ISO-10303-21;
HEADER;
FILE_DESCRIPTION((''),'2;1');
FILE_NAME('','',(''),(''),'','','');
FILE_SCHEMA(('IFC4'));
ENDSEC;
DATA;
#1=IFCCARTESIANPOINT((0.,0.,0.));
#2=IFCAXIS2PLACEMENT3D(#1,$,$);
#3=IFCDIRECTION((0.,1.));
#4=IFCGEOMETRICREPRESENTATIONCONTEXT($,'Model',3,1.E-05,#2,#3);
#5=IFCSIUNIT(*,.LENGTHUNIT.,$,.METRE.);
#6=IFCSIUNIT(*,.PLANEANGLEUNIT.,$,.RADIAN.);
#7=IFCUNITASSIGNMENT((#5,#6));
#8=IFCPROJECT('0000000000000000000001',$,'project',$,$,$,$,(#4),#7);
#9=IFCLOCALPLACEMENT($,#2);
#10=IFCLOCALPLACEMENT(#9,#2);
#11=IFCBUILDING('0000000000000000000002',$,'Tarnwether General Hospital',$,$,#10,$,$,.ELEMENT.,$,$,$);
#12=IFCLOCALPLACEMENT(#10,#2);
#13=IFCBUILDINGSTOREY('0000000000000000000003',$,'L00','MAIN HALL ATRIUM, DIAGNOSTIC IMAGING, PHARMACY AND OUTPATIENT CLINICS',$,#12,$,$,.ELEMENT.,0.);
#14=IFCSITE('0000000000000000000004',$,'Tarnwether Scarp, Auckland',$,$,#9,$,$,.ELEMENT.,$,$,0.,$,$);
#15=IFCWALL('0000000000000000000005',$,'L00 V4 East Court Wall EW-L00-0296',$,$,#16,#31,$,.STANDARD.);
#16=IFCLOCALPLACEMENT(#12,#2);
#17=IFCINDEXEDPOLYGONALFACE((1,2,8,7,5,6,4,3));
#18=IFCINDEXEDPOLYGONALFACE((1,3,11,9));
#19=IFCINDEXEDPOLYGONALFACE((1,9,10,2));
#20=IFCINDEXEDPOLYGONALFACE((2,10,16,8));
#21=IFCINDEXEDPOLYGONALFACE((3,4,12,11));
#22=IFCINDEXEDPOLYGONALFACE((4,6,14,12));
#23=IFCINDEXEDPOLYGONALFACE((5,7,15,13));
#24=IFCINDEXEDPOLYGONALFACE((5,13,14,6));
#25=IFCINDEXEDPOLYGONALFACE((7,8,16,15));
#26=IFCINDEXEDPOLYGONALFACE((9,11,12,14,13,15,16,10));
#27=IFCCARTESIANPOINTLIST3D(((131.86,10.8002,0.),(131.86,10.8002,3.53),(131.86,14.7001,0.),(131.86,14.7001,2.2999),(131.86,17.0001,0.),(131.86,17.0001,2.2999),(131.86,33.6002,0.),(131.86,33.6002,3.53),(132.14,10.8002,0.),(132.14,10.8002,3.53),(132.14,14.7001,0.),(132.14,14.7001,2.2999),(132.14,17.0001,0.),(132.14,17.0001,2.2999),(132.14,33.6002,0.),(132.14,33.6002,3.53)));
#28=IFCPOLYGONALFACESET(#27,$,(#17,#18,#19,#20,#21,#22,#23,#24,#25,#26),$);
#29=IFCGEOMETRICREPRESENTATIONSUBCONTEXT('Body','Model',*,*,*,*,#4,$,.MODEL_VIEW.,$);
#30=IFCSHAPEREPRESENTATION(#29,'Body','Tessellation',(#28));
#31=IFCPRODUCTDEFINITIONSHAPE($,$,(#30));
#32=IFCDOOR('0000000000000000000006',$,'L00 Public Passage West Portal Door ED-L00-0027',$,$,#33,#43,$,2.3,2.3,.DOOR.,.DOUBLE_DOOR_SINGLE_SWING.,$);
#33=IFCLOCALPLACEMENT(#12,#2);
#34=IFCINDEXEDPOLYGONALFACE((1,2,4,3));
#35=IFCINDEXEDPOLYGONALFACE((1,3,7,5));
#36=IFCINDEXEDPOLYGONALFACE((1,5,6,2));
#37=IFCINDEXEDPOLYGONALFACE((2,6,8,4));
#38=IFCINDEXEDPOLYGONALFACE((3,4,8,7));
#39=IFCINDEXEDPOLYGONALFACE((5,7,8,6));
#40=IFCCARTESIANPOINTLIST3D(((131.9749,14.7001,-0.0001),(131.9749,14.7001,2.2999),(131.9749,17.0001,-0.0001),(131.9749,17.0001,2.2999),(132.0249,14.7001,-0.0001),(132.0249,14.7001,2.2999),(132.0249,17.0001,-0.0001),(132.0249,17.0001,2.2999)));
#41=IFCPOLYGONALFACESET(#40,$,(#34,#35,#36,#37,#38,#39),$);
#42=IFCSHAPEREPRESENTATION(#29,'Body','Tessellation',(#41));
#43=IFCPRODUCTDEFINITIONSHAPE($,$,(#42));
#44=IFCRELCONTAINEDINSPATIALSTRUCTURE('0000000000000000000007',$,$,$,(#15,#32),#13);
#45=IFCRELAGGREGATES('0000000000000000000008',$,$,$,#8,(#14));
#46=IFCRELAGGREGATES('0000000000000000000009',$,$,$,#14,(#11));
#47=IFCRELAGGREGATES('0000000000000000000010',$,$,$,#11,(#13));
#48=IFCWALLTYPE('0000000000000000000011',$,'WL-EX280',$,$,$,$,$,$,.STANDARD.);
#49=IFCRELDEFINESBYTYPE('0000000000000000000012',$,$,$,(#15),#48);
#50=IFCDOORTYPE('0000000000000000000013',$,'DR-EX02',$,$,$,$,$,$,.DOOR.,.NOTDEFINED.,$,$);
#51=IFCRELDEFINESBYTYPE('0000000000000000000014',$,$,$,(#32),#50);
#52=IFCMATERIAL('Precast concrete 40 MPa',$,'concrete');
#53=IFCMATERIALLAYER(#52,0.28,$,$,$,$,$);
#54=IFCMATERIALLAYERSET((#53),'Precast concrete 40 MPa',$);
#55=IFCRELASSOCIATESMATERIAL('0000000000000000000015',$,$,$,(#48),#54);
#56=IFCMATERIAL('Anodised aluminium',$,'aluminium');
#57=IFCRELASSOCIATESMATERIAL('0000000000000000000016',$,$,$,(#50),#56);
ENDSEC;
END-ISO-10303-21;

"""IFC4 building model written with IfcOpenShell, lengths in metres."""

from ifc_helpers import new_model, si_unit, direction, frame, frame_2d, origin, place, context, subcontext, project, spatial, rectangle, extrude, material, layer, layer_set, type_object, element, fill, save


model = new_model("IFC4")

# Units and contexts
model_context = context("Model", 3, precision=1e-05, world=origin(), true_north=direction((0.0, 1.0)))
body_context = subcontext(model_context, "Body", "Model", "MODEL_VIEW")
ifc_project = project(units=[si_unit("LENGTHUNIT", "METRE"), si_unit("PLANEANGLEUNIT", "RADIAN")], contexts=[model_context])

# Site, building, storey
site_placement = place(None, origin())
site = spatial("IfcSite", under=ifc_project, at=site_placement, Name="Tarnwether Scarp, Auckland", CompositionType="ELEMENT", RefElevation=0.0)
building_placement = place(site_placement, origin())
building = spatial("IfcBuilding", under=site, at=building_placement, Name="Tarnwether General Hospital", CompositionType="ELEMENT")
storey_placement = place(building_placement, origin())
storey = spatial("IfcBuildingStorey", under=building, at=storey_placement, Name="L00", Description="MAIN HALL ATRIUM, DIAGNOSTIC IMAGING, PHARMACY AND OUTPATIENT CLINICS", CompositionType="ELEMENT", Elevation=0.0)

# Wall, opening, door
ifc_material_1 = material(Name="Precast concrete 40 MPa", Category="concrete")
ifc_layer_1 = layer(ifc_material_1, 0.28)
ifc_layer_set_1 = layer_set([ifc_layer_1], Name="Precast concrete 40 MPa")
wall_type = type_object("IfcWallType", Name="WL-EX280", PredefinedType="STANDARD", material=ifc_layer_set_1)
wall_placement = place(storey_placement, frame((132.0, 33.6001, 0.0), z_axis=(0.0, 0.0, 1.0), x_axis=(0.0, -1.0, 0.0)))
wall = element("IfcWall", 1, at=wall_placement, inside=storey, type_object=wall_type, Name="L00 V4 East Court Wall EW-L00-0296", PredefinedType="STANDARD", context=body_context, shape_type="SweptSolid", body=[
    extrude(rectangle(XDim=22.8, YDim=0.28, at=frame_2d((11.3999, 0.0))), origin(), (0.0, 0.0, 1.0), 3.53),
])
opening_placement = place(wall_placement, frame((16.6001, 0.0, 0.0)))
opening = element("IfcOpeningElement", 2, at=opening_placement, cuts=wall, PredefinedType="OPENING", context=body_context, shape_type="SweptSolid", body=[
    extrude(rectangle(XDim=2.3, YDim=2.3, at=frame_2d((1.1499, 1.1499))), frame((0.0, 0.1499, 0.0), z_axis=(0.0, -1.0, 0.0), x_axis=(1.0, 0.0, 0.0)), (0.0, 0.0, 1.0), 0.3),
])
ifc_material_2 = material(Name="Anodised aluminium", Category="aluminium")
door_type = type_object("IfcDoorType", Name="DR-EX02", OperationType="NOTDEFINED", PredefinedType="DOOR", material=ifc_material_2)
door_placement = place(opening_placement, origin())
door = element("IfcDoor", 3, at=door_placement, inside=storey, type_object=door_type, Name="L00 Public Passage West Portal Door ED-L00-0027", OperationType="DOUBLE_DOOR_SINGLE_SWING", OverallHeight=2.3, OverallWidth=2.3, PredefinedType="DOOR", context=body_context, shape_type="SweptSolid", body=[
    extrude(rectangle(XDim=2.3, YDim=2.3, at=frame_2d((1.1499, 1.1499))), frame((0.0, 0.0249, 0.0), z_axis=(0.0, -1.0, 0.0), x_axis=(1.0, 0.0, 0.0)), (0.0, 0.0, 1.0), 0.05),
])
fill(opening, door)

save(model, "model.ifc")
